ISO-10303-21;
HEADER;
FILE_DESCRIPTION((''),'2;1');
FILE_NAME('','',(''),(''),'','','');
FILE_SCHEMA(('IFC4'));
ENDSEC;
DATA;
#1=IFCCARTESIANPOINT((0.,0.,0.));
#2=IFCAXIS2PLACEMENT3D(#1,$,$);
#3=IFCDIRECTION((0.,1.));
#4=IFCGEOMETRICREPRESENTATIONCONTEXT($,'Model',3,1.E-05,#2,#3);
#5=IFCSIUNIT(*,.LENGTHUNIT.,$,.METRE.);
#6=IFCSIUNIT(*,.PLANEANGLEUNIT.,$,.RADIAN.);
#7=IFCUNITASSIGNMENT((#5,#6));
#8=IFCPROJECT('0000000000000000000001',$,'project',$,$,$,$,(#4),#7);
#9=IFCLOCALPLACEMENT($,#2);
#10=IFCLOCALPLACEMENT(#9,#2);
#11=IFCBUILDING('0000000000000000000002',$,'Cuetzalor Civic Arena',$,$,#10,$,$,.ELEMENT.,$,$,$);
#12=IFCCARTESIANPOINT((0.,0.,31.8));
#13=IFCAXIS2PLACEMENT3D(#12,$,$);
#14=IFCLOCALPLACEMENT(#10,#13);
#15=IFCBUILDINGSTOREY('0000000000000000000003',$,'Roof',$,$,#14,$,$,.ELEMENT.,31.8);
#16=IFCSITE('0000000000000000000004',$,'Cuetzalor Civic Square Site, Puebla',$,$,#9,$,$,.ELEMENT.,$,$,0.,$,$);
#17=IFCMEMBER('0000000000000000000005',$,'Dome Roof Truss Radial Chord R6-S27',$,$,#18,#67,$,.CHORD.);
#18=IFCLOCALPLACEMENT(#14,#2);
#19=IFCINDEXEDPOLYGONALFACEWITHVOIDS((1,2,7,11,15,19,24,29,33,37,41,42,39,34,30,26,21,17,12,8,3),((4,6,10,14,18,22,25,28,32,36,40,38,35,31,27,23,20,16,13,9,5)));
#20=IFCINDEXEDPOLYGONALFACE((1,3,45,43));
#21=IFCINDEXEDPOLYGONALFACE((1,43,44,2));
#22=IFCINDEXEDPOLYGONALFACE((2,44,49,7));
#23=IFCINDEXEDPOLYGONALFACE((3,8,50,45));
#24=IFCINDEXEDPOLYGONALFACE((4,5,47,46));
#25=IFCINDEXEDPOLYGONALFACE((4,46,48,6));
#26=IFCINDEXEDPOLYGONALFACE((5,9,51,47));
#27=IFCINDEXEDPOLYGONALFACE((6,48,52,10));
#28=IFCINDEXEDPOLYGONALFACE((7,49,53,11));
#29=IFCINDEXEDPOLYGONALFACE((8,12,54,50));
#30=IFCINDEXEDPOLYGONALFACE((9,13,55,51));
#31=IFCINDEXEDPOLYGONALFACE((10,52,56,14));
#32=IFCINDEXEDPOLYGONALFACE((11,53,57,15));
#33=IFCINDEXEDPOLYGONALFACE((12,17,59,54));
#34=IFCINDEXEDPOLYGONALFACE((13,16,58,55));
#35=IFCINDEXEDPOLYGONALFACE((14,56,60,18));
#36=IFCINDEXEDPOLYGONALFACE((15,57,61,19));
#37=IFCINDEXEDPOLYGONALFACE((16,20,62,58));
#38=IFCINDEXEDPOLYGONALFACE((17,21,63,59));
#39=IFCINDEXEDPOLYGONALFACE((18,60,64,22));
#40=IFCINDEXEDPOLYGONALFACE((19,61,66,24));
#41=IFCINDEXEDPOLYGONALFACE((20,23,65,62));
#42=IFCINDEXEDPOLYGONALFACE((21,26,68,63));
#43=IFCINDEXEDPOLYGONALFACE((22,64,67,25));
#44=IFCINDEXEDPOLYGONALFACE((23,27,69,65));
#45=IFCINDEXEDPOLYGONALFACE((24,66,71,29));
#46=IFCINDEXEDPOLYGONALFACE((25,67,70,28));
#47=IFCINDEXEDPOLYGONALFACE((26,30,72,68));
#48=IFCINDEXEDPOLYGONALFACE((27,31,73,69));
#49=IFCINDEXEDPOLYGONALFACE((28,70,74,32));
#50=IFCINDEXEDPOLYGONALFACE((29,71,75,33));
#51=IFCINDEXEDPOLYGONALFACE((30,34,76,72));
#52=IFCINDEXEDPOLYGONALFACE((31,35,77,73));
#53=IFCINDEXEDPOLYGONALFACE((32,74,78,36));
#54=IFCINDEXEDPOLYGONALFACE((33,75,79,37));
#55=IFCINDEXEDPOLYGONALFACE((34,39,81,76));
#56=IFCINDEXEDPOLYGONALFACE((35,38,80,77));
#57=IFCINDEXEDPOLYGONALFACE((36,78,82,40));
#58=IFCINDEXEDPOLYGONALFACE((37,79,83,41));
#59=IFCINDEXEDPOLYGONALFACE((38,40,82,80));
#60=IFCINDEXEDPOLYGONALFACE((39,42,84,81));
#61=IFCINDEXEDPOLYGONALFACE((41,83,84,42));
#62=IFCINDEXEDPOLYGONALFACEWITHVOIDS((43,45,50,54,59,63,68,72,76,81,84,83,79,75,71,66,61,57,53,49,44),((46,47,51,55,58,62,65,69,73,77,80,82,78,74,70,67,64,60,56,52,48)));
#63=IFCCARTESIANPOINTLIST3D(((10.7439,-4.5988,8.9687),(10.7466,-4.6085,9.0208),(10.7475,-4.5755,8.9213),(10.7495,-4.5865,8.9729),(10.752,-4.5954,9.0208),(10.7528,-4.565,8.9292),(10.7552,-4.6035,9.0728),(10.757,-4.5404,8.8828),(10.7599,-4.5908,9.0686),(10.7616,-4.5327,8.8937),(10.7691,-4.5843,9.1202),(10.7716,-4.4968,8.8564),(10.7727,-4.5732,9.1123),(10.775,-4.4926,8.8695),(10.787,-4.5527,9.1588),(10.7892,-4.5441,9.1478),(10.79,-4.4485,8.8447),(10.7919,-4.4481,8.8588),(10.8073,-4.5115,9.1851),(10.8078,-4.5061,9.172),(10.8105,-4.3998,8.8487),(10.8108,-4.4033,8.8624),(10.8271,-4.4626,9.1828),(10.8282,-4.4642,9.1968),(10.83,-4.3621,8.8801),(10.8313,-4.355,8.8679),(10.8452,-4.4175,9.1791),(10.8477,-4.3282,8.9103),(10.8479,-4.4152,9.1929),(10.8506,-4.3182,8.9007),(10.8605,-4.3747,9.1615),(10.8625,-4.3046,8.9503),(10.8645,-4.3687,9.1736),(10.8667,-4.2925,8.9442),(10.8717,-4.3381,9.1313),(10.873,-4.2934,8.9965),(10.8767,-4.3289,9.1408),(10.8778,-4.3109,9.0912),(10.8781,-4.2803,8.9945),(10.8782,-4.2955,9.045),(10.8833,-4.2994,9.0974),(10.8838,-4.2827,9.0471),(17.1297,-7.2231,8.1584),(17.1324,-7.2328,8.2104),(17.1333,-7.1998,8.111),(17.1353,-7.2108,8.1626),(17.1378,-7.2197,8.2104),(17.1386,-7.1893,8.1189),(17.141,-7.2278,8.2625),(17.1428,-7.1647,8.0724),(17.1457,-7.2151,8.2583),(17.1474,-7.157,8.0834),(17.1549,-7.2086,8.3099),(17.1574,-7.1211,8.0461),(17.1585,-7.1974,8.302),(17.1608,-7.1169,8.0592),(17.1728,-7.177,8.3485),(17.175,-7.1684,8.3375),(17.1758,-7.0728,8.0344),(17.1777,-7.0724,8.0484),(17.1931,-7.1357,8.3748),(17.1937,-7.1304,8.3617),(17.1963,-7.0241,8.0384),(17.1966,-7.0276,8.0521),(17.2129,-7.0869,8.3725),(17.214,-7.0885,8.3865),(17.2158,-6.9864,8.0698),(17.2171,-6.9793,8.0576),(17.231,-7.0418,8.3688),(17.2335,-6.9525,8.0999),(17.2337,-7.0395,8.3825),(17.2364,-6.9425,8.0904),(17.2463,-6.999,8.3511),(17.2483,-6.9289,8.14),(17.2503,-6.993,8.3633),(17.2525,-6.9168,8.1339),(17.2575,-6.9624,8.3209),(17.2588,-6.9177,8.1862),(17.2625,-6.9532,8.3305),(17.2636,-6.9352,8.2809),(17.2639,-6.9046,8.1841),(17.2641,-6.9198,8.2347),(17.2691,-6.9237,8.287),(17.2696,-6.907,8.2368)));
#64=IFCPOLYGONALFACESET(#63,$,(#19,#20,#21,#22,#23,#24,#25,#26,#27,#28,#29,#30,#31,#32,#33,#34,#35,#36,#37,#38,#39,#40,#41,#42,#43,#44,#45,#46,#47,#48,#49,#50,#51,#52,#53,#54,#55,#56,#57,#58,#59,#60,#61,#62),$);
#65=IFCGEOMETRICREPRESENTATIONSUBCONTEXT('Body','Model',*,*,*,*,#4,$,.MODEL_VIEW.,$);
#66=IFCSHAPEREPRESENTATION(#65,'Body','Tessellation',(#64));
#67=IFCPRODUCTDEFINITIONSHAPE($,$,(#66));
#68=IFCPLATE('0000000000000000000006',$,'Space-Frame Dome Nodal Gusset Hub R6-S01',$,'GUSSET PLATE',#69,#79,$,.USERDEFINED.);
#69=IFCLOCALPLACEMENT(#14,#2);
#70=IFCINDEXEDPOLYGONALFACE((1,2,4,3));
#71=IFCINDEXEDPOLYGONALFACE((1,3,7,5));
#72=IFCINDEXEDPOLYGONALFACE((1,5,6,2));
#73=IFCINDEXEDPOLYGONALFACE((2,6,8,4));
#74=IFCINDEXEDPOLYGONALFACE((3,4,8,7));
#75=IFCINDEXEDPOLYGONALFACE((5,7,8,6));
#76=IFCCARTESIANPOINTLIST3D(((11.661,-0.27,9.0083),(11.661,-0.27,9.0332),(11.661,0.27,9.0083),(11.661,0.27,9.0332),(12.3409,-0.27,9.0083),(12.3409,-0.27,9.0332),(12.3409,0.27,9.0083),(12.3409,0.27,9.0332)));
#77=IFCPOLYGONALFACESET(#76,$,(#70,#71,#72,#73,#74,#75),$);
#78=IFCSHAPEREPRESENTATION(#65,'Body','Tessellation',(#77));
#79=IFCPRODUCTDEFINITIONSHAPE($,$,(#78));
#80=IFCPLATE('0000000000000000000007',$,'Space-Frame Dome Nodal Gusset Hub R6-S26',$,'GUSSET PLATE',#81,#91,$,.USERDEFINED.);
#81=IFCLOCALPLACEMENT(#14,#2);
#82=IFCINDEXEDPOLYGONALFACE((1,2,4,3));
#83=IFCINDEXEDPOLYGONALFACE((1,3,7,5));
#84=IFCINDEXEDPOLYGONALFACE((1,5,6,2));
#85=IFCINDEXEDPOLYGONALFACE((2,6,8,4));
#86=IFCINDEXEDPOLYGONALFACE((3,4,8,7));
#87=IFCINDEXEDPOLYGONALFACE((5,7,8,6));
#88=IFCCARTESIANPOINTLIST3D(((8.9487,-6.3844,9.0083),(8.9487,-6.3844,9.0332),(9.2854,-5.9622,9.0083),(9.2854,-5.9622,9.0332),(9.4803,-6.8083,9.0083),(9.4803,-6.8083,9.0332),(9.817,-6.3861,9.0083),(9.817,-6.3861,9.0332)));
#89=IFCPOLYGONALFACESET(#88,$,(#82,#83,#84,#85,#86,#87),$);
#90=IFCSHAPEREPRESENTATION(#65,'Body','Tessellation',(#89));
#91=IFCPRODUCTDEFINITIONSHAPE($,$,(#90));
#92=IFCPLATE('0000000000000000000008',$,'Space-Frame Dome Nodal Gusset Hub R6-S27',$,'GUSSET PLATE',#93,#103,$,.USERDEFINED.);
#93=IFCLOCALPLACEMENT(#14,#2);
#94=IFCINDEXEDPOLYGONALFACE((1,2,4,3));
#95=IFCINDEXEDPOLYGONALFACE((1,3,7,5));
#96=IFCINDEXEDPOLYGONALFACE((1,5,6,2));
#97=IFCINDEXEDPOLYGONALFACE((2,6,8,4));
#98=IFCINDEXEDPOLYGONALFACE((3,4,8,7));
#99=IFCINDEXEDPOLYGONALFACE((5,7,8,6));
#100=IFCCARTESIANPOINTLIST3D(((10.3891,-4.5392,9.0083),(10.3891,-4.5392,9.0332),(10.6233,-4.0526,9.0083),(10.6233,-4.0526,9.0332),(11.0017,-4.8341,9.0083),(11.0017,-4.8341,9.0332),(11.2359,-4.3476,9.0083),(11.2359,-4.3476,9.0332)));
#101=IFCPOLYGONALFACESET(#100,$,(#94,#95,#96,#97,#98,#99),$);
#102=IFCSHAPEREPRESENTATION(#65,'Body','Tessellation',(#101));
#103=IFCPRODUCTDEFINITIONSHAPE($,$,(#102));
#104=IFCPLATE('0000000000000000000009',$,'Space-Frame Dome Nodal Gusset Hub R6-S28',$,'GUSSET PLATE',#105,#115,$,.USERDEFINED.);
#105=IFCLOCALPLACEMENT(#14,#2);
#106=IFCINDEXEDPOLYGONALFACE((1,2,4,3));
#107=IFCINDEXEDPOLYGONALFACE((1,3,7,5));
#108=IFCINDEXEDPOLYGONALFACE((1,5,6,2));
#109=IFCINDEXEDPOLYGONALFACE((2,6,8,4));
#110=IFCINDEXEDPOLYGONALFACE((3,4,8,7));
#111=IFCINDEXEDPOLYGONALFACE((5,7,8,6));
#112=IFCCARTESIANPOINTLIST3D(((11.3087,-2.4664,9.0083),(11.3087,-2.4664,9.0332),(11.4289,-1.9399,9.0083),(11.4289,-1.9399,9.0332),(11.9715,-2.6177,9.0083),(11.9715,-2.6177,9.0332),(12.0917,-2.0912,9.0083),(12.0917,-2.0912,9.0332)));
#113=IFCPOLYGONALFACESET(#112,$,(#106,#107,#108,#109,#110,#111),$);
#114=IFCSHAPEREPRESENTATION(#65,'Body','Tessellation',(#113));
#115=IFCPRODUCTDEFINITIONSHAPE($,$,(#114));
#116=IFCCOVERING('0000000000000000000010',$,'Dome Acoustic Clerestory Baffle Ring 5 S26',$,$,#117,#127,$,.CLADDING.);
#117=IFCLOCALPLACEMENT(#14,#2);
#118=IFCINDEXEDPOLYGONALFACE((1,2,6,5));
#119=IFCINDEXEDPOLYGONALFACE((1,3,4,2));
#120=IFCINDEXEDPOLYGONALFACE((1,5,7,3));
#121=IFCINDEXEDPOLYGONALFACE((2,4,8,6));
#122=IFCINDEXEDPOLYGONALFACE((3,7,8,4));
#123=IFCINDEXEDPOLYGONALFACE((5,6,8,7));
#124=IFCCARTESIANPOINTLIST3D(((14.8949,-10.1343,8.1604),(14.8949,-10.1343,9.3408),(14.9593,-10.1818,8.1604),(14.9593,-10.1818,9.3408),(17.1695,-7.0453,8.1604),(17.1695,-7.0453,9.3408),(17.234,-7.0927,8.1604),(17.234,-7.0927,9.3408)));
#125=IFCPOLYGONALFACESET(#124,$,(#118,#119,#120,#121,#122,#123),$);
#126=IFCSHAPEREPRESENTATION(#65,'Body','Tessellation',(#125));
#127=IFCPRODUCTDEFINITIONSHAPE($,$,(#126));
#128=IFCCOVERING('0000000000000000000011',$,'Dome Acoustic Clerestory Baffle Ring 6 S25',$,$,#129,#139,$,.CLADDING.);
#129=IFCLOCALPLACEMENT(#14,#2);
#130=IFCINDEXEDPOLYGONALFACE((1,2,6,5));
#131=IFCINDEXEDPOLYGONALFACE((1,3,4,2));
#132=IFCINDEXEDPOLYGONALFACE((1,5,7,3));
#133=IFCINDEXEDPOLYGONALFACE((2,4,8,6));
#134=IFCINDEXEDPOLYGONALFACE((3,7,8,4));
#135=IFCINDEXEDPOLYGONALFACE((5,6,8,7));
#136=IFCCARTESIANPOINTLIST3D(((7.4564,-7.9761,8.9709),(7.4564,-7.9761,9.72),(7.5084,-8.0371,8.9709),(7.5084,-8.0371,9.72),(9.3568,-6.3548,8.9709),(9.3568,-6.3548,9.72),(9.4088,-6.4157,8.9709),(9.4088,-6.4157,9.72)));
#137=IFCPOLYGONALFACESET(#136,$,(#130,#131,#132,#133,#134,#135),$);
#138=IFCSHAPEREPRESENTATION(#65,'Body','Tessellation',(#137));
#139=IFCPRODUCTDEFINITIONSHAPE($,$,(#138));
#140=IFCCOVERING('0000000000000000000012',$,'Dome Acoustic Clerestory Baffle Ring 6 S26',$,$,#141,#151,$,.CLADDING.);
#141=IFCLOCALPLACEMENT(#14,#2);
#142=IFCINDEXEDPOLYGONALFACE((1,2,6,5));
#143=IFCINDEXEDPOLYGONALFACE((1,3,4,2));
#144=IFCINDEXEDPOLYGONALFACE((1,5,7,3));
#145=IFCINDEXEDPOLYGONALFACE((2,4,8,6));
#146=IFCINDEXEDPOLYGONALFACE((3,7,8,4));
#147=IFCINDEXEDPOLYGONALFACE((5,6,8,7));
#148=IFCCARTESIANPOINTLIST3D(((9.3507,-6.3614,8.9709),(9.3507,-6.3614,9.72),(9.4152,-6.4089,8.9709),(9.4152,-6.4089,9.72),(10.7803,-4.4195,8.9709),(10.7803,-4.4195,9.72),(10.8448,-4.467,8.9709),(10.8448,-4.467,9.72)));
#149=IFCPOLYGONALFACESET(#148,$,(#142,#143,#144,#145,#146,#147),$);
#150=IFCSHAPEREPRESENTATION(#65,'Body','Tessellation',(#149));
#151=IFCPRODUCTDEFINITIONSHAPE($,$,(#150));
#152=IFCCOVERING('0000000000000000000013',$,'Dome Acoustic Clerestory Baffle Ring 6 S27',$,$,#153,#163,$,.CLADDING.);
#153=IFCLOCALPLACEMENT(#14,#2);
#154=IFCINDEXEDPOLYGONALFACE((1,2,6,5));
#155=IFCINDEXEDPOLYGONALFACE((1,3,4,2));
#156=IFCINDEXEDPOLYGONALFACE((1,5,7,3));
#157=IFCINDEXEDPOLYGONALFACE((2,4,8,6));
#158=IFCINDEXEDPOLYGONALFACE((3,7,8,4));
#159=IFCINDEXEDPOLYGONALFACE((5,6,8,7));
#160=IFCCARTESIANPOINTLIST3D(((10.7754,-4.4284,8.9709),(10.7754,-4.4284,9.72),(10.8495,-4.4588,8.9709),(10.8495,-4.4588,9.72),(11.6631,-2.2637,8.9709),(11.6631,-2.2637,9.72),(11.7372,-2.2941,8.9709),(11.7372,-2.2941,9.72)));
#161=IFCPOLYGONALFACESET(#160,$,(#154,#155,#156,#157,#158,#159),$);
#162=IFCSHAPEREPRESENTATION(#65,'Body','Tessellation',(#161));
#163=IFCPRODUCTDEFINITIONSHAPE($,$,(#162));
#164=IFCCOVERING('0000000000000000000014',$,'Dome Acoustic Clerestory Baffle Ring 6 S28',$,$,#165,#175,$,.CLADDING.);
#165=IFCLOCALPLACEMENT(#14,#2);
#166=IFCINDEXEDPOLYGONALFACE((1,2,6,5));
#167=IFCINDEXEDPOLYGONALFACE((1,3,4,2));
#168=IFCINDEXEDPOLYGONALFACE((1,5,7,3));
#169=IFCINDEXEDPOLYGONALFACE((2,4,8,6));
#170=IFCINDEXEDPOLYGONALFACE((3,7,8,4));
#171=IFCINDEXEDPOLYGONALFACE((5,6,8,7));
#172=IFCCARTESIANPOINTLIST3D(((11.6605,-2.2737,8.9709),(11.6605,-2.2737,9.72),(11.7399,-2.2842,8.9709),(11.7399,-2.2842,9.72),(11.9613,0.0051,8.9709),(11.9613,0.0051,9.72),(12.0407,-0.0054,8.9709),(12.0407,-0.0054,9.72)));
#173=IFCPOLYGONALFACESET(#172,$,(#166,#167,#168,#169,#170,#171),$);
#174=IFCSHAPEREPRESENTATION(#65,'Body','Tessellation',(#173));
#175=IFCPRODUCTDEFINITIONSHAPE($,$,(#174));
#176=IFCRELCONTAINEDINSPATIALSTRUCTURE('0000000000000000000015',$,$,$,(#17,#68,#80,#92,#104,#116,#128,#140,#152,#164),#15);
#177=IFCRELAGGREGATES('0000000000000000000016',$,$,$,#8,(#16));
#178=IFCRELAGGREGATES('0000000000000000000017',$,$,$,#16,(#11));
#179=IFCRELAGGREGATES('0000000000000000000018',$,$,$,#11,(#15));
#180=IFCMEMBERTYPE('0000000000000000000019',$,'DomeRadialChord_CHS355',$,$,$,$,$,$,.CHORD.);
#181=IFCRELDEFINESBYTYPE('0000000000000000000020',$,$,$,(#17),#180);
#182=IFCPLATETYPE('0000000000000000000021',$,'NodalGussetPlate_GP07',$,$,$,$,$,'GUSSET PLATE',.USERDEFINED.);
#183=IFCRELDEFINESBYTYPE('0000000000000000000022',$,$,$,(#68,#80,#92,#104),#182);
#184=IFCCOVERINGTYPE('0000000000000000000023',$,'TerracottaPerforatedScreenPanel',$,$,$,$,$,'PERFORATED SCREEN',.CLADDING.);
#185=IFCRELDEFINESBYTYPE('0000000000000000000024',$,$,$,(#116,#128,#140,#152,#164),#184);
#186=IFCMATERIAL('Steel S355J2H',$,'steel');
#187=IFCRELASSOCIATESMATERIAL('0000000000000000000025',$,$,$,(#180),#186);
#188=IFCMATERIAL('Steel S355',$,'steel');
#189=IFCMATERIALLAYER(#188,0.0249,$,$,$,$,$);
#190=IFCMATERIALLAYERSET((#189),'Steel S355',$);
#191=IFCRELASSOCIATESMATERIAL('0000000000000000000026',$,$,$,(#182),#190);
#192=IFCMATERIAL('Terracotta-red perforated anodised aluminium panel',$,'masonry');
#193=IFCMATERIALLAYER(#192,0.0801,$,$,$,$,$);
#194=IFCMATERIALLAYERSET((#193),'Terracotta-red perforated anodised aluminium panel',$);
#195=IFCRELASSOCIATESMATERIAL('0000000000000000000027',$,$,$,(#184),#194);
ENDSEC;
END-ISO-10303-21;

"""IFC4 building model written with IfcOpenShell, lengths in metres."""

from ifc_helpers import new_model, si_unit, direction, frame, frame_2d, origin, origin_2d, place, context, subcontext, project, spatial, rectangle, hollow_circle, extrude, material, layer, layer_set, material_profile, profile_set, type_object, element, save


model = new_model("IFC4")

# Units and contexts
model_context = context("Model", 3, precision=1e-05, world=origin(), true_north=direction((0.0, 1.0)))
body_context = subcontext(model_context, "Body", "Model", "MODEL_VIEW")
ifc_project = project(units=[si_unit("LENGTHUNIT", "METRE"), si_unit("PLANEANGLEUNIT", "RADIAN")], contexts=[model_context])

# Site, building, storey
site_placement = place(None, origin())
site = spatial("IfcSite", under=ifc_project, at=site_placement, Name="Cuetzalor Civic Square Site, Puebla", CompositionType="ELEMENT", RefElevation=0.0)
building_placement = place(site_placement, origin())
building = spatial("IfcBuilding", under=site, at=building_placement, Name="Cuetzalor Civic Arena", CompositionType="ELEMENT")
storey_placement = place(building_placement, frame((0.0, 0.0, 31.8)))
storey = spatial("IfcBuildingStorey", under=building, at=storey_placement, Name="Roof", CompositionType="ELEMENT", Elevation=31.8)

# Member
ifc_material_1 = material(Name="Steel S355J2H", Category="steel")
ifc_material_profile_1 = material_profile(ifc_material_1, hollow_circle(Radius=0.1777, WallThickness=0.0142, at=origin_2d()), Name="CHS 355.6x14.2")
ifc_profile_set_1 = profile_set([ifc_material_profile_1], Name="Steel S355J2H")
member_type_1 = type_object("IfcMemberType", Name="DomeRadialChord_CHS355", PredefinedType="CHORD", material=ifc_profile_set_1)
member_1_placement = place(storey_placement, frame((17.2, -7.0684, 8.2104), z_axis=(-0.918635, 0.37752, 0.116568), x_axis=(-0.380111, -0.924941, 0.0)))
element("IfcMember", 1, at=member_1_placement, inside=storey, type_object=member_type_1, Name="Dome Roof Truss Radial Chord R6-S27", PredefinedType="CHORD", context=body_context, shape_type="SweptSolid", body=[
    extrude(hollow_circle(Radius=0.1777, WallThickness=0.0142, at=origin_2d()), origin(), (0.0, 0.0, 1.0), 6.9514),
])

# Plates
ifc_material_2 = material(Name="Steel S355", Category="steel")
ifc_layer_1 = layer(ifc_material_2, 0.0249)
ifc_layer_set_1 = layer_set([ifc_layer_1], Name="Steel S355")
plate_type = type_object("IfcPlateType", Name="NodalGussetPlate_GP07", ElementType="GUSSET PLATE", PredefinedType="USERDEFINED", material=ifc_layer_set_1)
for number, where, z_axis, x_axis, name in (
    (2, (12.001, 0.0, 9.0083), (0.0, 0.0, 1.0), (1.0, 0.0, 0.0), "Space-Frame Dome Nodal Gusset Hub R6-S01"),
    (3, (9.3828, -6.3853, 9.0083), (0.0, 0.0, 1.0), (0.781847, -0.62347, 0.0), "Space-Frame Dome Nodal Gusset Hub R6-S26"),
    (4, (10.8125, -4.4434, 9.0083), (0.0, 0.0, 1.0), (0.901001, -0.433816, 0.0), "Space-Frame Dome Nodal Gusset Hub R6-S27"),
    (5, (11.7002, -2.2788, 9.0083), (0.0, 0.0, 1.0), (0.974917, -0.22257, 0.0), "Space-Frame Dome Nodal Gusset Hub R6-S28"),
):
    element("IfcPlate", number, at=place(storey_placement, frame(where, z_axis=z_axis, x_axis=x_axis)), inside=storey, type_object=plate_type, Name=name, ObjectType="GUSSET PLATE", PredefinedType="USERDEFINED", context=body_context, shape_type="SweptSolid", body=[
        extrude(rectangle(XDim=0.6799, YDim=0.54, at=origin_2d()), origin(), (0.0, 0.0, 1.0), 0.0249),
    ])

# Coverings
ifc_material_3 = material(Name="Terracotta-red perforated anodised aluminium panel", Category="masonry")
ifc_layer_2 = layer(ifc_material_3, 0.0801)
ifc_layer_set_2 = layer_set([ifc_layer_2], Name="Terracotta-red perforated anodised aluminium panel")
covering_type = type_object("IfcCoveringType", Name="TerracottaPerforatedScreenPanel", ElementType="PERFORATED SCREEN", PredefinedType="CLADDING", material=ifc_layer_set_2)
covering_1_placement = place(storey_placement, frame((17.2017, -7.0691, 8.1604), z_axis=(0.0, 0.0, 1.0), x_axis=(-0.592941, -0.805246, 0.0)))
element("IfcCovering", 6, at=covering_1_placement, inside=storey, type_object=covering_type, Name="Dome Acoustic Clerestory Baffle Ring 5 S26", PredefinedType="CLADDING", context=body_context, shape_type="SweptSolid", body=[
    extrude(rectangle(XDim=3.8362, YDim=0.0801, at=frame_2d((1.918, 0.0))), origin(), (0.0, 0.0, 1.0), 1.1804),
])
covering_2_placement = place(storey_placement, frame((9.3828, -6.3853, 8.9709), z_axis=(0.0, 0.0, 1.0), x_axis=(-0.760752, -0.649043, 0.0)))
element("IfcCovering", 7, at=covering_2_placement, inside=storey, type_object=covering_type, Name="Dome Acoustic Clerestory Baffle Ring 6 S25", PredefinedType="CLADDING", context=body_context, shape_type="SweptSolid", body=[
    extrude(rectangle(XDim=2.498, YDim=0.0801, at=frame_2d((1.249, 0.0))), origin(), (0.0, 0.0, 1.0), 0.749),
])
covering_3_placement = place(storey_placement, frame((10.8125, -4.4434, 8.9709), z_axis=(0.0, 0.0, 1.0), x_axis=(-0.592881, -0.80529, 0.0)))
element("IfcCovering", 8, at=covering_3_placement, inside=storey, type_object=covering_type, Name="Dome Acoustic Clerestory Baffle Ring 6 S26", PredefinedType="CLADDING", context=body_context, shape_type="SweptSolid", body=[
    extrude(rectangle(XDim=2.4114, YDim=0.0801, at=frame_2d((1.2056, 0.0))), origin(), (0.0, 0.0, 1.0), 0.749),
])
covering_4_placement = place(storey_placement, frame((11.7002, -2.2788, 8.9709), z_axis=(0.0, 0.0, 1.0), x_axis=(-0.379437, -0.925217, 0.0)))
element("IfcCovering", 9, at=covering_4_placement, inside=storey, type_object=covering_type, Name="Dome Acoustic Clerestory Baffle Ring 6 S27", PredefinedType="CLADDING", context=body_context, shape_type="SweptSolid", body=[
    extrude(rectangle(XDim=2.3396, YDim=0.0801, at=frame_2d((1.1699, 0.0))), origin(), (0.0, 0.0, 1.0), 0.749),
])
covering_5_placement = place(storey_placement, frame((12.001, 0.0, 8.9709), z_axis=(0.0, 0.0, 1.0), x_axis=(-0.130856, -0.991401, 0.0)))
element("IfcCovering", 10, at=covering_5_placement, inside=storey, type_object=covering_type, Name="Dome Acoustic Clerestory Baffle Ring 6 S28", PredefinedType="CLADDING", context=body_context, shape_type="SweptSolid", body=[
    extrude(rectangle(XDim=2.2986, YDim=0.0801, at=frame_2d((1.1494, 0.0))), origin(), (0.0, 0.0, 1.0), 0.749),
])

save(model, "model.ifc")
